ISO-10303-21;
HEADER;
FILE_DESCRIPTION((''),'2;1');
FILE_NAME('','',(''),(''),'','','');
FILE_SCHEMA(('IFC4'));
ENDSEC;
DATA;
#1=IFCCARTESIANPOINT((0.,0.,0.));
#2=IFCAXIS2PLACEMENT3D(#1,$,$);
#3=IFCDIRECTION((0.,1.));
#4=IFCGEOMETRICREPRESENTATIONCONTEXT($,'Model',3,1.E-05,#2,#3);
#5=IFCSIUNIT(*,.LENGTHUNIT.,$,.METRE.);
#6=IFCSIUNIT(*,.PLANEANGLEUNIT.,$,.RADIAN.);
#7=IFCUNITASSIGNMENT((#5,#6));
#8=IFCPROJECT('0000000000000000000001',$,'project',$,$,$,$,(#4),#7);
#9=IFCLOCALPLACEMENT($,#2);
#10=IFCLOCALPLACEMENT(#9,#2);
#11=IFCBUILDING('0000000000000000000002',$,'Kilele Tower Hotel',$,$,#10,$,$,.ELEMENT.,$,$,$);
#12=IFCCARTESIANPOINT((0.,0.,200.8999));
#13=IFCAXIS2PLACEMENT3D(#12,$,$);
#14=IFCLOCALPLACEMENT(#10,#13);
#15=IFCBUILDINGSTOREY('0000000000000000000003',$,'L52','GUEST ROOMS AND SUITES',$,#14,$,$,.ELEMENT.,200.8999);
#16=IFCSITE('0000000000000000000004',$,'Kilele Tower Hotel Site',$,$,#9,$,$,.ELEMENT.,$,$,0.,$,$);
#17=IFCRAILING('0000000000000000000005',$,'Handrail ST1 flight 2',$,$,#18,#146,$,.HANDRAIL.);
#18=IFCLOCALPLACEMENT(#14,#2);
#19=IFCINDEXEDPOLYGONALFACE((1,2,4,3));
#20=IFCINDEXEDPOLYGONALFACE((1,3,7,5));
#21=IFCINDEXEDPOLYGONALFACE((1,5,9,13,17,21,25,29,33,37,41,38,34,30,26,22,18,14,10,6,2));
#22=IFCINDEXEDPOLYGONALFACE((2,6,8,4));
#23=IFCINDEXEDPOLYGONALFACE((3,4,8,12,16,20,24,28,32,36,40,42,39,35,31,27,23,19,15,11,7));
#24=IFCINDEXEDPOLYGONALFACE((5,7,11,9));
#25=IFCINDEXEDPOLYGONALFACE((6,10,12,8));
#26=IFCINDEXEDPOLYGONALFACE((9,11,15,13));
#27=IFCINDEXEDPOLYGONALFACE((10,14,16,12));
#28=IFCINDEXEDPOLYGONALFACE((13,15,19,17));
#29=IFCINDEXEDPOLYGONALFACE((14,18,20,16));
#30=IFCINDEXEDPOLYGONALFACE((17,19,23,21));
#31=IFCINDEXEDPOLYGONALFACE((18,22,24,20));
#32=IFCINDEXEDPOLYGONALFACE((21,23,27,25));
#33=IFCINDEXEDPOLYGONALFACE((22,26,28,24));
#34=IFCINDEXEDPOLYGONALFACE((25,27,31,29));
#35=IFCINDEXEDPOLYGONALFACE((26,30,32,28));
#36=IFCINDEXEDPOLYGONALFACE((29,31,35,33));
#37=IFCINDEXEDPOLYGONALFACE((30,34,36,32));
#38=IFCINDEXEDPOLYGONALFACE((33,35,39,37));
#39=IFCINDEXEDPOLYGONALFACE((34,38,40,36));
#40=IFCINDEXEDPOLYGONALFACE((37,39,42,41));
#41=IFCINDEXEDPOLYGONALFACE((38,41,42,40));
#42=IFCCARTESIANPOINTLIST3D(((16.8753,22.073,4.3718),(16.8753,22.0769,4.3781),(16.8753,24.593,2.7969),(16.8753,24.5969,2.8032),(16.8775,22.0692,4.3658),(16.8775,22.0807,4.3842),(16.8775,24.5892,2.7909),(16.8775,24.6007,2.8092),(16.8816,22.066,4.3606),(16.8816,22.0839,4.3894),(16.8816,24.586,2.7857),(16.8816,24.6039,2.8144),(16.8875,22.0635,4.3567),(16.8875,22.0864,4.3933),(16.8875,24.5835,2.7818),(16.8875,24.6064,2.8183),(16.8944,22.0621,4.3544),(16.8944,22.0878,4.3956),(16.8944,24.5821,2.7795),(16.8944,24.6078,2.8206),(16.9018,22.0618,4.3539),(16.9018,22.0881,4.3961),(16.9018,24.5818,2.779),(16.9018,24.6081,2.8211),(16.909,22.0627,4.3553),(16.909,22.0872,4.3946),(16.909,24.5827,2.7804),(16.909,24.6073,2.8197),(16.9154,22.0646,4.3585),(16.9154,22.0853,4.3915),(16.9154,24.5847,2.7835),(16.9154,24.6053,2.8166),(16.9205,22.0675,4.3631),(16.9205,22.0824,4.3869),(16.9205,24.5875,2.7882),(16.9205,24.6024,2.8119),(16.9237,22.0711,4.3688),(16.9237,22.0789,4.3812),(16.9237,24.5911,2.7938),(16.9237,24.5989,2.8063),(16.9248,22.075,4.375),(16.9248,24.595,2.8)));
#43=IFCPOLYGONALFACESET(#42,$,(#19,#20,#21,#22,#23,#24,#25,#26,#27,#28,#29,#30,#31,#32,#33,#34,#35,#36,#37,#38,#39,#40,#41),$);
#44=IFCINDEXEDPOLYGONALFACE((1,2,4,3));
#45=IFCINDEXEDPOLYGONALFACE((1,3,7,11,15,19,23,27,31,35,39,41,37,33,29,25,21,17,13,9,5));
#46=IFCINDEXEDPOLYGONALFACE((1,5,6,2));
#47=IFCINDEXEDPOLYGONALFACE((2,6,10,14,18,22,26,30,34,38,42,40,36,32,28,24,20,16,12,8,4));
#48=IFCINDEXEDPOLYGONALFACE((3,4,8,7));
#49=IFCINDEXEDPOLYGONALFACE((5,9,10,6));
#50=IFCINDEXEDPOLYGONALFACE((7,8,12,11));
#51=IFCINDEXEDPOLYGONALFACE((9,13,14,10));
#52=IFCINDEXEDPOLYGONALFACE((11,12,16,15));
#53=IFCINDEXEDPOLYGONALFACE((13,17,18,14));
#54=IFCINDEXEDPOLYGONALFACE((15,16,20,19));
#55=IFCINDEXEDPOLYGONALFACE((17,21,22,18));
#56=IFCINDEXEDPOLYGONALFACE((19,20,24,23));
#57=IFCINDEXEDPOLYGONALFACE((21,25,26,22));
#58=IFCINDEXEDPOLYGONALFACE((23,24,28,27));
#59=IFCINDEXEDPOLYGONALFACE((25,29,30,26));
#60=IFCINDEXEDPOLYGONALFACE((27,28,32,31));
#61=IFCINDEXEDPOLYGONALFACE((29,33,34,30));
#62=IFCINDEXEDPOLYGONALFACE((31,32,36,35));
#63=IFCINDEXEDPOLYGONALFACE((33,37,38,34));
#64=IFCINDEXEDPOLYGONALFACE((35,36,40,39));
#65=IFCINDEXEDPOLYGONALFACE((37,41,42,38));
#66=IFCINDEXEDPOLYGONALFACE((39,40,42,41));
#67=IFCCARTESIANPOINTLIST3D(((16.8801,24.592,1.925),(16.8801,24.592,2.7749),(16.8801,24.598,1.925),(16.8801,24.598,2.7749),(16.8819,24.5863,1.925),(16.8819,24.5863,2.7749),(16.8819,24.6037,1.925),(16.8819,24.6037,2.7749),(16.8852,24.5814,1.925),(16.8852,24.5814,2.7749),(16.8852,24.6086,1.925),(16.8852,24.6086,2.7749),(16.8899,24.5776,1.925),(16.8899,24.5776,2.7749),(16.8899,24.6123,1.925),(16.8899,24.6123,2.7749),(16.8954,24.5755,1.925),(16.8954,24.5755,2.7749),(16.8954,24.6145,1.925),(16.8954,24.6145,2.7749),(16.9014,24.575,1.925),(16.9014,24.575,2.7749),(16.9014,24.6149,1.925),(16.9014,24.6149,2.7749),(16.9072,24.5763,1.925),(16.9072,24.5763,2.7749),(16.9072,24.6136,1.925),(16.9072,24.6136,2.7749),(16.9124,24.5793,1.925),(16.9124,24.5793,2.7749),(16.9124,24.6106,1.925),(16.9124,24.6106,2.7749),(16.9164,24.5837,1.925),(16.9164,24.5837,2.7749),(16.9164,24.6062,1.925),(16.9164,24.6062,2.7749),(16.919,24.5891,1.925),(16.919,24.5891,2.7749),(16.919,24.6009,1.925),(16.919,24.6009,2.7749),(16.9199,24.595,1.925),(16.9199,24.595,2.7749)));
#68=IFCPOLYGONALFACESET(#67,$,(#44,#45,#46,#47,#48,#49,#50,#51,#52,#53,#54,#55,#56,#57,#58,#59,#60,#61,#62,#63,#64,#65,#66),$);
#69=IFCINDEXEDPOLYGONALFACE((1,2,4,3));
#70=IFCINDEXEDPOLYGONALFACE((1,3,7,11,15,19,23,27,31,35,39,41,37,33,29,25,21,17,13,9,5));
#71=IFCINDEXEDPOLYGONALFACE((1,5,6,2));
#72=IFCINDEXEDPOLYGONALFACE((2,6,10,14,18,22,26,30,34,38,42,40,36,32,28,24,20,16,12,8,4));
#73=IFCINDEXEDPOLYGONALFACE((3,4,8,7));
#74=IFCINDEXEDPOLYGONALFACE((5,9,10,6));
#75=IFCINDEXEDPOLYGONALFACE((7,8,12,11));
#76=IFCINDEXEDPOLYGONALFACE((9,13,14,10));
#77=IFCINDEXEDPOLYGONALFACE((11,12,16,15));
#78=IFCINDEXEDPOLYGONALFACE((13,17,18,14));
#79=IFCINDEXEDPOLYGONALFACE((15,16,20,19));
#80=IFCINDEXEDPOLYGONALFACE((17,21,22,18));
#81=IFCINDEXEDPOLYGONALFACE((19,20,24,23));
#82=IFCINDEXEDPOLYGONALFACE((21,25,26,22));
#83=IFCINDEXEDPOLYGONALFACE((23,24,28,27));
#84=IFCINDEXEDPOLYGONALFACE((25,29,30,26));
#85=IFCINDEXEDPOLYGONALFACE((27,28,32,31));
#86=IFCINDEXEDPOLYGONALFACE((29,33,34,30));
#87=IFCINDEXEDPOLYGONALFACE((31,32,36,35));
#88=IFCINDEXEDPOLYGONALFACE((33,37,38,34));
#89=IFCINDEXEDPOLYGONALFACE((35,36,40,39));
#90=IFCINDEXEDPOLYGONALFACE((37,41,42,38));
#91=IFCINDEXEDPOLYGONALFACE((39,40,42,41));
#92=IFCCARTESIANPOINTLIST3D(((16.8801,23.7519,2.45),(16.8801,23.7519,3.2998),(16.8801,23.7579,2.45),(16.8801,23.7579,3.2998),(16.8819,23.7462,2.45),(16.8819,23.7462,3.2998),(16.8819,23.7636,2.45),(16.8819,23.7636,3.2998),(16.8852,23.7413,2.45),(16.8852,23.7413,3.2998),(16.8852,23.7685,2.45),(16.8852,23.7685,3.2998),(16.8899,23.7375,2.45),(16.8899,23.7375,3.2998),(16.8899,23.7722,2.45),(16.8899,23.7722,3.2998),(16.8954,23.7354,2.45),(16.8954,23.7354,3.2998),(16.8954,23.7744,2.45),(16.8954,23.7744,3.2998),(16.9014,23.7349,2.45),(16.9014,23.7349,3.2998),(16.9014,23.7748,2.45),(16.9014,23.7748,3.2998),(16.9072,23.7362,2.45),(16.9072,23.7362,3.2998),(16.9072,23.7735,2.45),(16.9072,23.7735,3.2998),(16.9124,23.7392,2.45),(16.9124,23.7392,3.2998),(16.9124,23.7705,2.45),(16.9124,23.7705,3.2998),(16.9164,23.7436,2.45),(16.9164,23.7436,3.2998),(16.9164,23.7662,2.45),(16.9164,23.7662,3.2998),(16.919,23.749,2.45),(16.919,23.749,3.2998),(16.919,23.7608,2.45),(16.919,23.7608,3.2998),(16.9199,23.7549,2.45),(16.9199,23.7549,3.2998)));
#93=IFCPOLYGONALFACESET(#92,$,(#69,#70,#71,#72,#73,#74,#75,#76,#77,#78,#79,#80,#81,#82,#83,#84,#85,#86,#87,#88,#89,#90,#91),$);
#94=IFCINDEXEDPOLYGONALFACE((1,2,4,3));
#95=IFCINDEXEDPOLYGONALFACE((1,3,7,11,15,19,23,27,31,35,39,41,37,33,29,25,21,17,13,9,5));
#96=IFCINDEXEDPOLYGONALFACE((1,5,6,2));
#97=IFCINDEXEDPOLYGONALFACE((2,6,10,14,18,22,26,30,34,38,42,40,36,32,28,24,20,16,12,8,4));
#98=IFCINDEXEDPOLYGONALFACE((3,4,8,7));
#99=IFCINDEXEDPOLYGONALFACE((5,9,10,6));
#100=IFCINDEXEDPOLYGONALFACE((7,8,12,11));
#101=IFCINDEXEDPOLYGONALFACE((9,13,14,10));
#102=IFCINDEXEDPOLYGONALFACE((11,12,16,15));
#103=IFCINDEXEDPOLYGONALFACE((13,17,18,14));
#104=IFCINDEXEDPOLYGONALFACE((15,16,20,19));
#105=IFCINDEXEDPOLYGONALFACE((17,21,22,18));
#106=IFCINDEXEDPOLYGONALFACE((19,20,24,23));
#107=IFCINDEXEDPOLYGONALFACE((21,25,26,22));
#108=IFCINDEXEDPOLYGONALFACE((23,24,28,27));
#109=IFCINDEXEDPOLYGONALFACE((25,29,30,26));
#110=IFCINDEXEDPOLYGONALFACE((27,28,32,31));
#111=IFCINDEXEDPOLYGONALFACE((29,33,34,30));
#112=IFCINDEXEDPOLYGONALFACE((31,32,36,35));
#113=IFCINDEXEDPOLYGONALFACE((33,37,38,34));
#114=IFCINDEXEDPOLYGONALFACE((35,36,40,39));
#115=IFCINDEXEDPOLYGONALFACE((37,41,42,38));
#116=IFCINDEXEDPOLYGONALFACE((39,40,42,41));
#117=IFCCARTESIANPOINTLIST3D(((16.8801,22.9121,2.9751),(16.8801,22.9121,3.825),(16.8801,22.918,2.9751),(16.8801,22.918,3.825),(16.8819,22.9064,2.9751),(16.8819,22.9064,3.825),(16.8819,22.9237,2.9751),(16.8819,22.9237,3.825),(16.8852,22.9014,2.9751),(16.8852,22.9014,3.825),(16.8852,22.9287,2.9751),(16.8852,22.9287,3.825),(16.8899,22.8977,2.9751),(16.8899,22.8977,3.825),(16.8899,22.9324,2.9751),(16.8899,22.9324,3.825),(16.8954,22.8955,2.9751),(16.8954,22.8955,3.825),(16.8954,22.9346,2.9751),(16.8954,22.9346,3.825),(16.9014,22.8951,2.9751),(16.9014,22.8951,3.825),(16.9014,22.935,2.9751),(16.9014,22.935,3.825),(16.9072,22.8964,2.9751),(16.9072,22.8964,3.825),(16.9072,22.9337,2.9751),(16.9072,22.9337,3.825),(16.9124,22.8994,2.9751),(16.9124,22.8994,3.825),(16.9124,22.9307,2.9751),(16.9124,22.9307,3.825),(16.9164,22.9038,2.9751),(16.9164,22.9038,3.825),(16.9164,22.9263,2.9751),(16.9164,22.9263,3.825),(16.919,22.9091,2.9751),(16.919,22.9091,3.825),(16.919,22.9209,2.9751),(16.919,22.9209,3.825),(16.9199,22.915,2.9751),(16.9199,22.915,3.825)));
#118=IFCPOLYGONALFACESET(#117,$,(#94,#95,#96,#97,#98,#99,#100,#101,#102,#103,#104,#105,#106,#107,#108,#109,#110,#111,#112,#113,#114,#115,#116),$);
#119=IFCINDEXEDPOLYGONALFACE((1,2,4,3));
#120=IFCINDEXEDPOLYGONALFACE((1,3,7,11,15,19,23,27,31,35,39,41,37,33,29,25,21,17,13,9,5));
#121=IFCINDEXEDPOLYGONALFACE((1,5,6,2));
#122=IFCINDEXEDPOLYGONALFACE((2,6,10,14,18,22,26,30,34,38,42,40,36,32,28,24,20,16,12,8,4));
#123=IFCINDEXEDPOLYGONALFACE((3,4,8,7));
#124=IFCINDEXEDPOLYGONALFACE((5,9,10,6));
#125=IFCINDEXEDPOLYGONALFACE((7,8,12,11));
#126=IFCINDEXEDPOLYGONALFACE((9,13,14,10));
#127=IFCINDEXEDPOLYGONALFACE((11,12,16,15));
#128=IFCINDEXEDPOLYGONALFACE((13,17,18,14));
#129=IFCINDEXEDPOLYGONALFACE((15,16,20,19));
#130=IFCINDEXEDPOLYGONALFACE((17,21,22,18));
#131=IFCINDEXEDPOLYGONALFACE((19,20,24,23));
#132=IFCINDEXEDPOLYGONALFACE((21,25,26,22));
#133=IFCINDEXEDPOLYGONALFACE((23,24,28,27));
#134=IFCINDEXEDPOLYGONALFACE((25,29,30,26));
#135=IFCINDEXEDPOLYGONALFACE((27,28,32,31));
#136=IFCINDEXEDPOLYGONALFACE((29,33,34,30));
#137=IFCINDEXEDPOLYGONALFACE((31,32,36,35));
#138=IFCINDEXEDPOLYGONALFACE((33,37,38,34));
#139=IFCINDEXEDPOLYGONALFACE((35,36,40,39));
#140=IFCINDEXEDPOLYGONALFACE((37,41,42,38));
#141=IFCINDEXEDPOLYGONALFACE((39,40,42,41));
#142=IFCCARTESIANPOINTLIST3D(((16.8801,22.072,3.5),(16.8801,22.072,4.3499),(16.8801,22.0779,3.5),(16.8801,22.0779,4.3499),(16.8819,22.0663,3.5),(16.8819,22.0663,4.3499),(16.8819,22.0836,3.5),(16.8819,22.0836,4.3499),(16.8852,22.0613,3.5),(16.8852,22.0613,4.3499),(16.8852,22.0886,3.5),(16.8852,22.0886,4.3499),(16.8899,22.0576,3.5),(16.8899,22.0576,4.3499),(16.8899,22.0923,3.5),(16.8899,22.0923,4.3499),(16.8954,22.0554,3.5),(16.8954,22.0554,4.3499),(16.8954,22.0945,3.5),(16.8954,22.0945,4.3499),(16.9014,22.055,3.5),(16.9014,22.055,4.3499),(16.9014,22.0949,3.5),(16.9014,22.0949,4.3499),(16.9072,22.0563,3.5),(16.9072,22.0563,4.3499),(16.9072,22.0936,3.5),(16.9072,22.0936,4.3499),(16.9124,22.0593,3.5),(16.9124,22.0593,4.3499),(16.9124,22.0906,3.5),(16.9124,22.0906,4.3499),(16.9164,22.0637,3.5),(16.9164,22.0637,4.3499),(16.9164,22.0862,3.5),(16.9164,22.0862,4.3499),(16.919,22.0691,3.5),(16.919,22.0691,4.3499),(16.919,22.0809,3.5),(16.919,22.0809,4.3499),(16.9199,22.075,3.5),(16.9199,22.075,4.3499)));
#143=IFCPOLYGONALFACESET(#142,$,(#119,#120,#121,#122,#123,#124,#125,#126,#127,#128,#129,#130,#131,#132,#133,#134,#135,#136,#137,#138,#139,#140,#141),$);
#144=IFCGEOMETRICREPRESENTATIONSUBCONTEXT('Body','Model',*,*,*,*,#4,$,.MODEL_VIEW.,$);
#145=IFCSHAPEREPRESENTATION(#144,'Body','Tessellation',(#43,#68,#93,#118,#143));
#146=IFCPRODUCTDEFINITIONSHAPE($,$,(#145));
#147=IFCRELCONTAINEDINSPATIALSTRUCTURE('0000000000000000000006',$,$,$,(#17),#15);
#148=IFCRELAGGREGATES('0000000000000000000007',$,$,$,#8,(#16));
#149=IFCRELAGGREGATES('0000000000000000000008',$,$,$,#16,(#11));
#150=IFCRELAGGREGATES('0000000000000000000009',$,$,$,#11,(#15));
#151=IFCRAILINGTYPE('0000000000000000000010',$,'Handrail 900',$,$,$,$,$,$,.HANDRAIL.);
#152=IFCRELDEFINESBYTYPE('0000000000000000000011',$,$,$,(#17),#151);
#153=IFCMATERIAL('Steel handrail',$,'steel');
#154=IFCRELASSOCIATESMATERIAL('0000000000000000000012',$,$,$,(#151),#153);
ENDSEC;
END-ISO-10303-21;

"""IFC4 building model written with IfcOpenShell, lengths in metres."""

from ifc_helpers import new_model, si_unit, direction, frame, origin, origin_2d, place, context, subcontext, project, spatial, circle, extrude, material, type_object, element, save


model = new_model("IFC4")

# Units and contexts
model_context = context("Model", 3, precision=1e-05, world=origin(), true_north=direction((0.0, 1.0)))
body_context = subcontext(model_context, "Body", "Model", "MODEL_VIEW")
ifc_project = project(units=[si_unit("LENGTHUNIT", "METRE"), si_unit("PLANEANGLEUNIT", "RADIAN")], contexts=[model_context])

# Site, building, storey
site_placement = place(None, origin())
site = spatial("IfcSite", under=ifc_project, at=site_placement, Name="Kilele Tower Hotel Site", CompositionType="ELEMENT", RefElevation=0.0)
building_placement = place(site_placement, origin())
building = spatial("IfcBuilding", under=site, at=building_placement, Name="Kilele Tower Hotel", CompositionType="ELEMENT")
storey_placement = place(building_placement, frame((0.0, 0.0, 200.8999)))
storey = spatial("IfcBuildingStorey", under=building, at=storey_placement, Name="L52", Description="GUEST ROOMS AND SUITES", CompositionType="ELEMENT", Elevation=200.8999)

# Railing
ifc_material_1 = material(Name="Steel handrail", Category="steel")
railing_type_1 = type_object("IfcRailingType", Name="Handrail 900", PredefinedType="HANDRAIL", material=ifc_material_1)
for number, where, name in (
    (1, (16.8999, 24.595, 1.925), "Handrail ST1 flight 2"),
):
    element("IfcRailing", number, at=place(storey_placement, frame(where)), inside=storey, type_object=railing_type_1, Name=name, PredefinedType="HANDRAIL", context=body_context, shape_type="SweptSolid", body=[
        extrude(circle(Radius=0.0249, at=origin_2d()), frame((0.0, 0.0, 0.875), z_axis=(0.0, -0.848008, 0.529984), x_axis=(1.0, 0.0, 0.0)), (0.0, 0.0, 1.0), 2.9717),
        extrude(circle(Radius=0.02, at=origin_2d()), origin(), (0.0, 0.0, 1.0), 0.8499),
        extrude(circle(Radius=0.02, at=origin_2d()), frame((0.0, -0.8401, 0.5249)), (0.0, 0.0, 1.0), 0.8499),
        extrude(circle(Radius=0.02, at=origin_2d()), frame((0.0, -1.6799, 1.05)), (0.0, 0.0, 1.0), 0.8499),
        extrude(circle(Radius=0.02, at=origin_2d()), frame((0.0, -2.52, 1.575)), (0.0, 0.0, 1.0), 0.8499),
    ])

save(model, "model.ifc")
